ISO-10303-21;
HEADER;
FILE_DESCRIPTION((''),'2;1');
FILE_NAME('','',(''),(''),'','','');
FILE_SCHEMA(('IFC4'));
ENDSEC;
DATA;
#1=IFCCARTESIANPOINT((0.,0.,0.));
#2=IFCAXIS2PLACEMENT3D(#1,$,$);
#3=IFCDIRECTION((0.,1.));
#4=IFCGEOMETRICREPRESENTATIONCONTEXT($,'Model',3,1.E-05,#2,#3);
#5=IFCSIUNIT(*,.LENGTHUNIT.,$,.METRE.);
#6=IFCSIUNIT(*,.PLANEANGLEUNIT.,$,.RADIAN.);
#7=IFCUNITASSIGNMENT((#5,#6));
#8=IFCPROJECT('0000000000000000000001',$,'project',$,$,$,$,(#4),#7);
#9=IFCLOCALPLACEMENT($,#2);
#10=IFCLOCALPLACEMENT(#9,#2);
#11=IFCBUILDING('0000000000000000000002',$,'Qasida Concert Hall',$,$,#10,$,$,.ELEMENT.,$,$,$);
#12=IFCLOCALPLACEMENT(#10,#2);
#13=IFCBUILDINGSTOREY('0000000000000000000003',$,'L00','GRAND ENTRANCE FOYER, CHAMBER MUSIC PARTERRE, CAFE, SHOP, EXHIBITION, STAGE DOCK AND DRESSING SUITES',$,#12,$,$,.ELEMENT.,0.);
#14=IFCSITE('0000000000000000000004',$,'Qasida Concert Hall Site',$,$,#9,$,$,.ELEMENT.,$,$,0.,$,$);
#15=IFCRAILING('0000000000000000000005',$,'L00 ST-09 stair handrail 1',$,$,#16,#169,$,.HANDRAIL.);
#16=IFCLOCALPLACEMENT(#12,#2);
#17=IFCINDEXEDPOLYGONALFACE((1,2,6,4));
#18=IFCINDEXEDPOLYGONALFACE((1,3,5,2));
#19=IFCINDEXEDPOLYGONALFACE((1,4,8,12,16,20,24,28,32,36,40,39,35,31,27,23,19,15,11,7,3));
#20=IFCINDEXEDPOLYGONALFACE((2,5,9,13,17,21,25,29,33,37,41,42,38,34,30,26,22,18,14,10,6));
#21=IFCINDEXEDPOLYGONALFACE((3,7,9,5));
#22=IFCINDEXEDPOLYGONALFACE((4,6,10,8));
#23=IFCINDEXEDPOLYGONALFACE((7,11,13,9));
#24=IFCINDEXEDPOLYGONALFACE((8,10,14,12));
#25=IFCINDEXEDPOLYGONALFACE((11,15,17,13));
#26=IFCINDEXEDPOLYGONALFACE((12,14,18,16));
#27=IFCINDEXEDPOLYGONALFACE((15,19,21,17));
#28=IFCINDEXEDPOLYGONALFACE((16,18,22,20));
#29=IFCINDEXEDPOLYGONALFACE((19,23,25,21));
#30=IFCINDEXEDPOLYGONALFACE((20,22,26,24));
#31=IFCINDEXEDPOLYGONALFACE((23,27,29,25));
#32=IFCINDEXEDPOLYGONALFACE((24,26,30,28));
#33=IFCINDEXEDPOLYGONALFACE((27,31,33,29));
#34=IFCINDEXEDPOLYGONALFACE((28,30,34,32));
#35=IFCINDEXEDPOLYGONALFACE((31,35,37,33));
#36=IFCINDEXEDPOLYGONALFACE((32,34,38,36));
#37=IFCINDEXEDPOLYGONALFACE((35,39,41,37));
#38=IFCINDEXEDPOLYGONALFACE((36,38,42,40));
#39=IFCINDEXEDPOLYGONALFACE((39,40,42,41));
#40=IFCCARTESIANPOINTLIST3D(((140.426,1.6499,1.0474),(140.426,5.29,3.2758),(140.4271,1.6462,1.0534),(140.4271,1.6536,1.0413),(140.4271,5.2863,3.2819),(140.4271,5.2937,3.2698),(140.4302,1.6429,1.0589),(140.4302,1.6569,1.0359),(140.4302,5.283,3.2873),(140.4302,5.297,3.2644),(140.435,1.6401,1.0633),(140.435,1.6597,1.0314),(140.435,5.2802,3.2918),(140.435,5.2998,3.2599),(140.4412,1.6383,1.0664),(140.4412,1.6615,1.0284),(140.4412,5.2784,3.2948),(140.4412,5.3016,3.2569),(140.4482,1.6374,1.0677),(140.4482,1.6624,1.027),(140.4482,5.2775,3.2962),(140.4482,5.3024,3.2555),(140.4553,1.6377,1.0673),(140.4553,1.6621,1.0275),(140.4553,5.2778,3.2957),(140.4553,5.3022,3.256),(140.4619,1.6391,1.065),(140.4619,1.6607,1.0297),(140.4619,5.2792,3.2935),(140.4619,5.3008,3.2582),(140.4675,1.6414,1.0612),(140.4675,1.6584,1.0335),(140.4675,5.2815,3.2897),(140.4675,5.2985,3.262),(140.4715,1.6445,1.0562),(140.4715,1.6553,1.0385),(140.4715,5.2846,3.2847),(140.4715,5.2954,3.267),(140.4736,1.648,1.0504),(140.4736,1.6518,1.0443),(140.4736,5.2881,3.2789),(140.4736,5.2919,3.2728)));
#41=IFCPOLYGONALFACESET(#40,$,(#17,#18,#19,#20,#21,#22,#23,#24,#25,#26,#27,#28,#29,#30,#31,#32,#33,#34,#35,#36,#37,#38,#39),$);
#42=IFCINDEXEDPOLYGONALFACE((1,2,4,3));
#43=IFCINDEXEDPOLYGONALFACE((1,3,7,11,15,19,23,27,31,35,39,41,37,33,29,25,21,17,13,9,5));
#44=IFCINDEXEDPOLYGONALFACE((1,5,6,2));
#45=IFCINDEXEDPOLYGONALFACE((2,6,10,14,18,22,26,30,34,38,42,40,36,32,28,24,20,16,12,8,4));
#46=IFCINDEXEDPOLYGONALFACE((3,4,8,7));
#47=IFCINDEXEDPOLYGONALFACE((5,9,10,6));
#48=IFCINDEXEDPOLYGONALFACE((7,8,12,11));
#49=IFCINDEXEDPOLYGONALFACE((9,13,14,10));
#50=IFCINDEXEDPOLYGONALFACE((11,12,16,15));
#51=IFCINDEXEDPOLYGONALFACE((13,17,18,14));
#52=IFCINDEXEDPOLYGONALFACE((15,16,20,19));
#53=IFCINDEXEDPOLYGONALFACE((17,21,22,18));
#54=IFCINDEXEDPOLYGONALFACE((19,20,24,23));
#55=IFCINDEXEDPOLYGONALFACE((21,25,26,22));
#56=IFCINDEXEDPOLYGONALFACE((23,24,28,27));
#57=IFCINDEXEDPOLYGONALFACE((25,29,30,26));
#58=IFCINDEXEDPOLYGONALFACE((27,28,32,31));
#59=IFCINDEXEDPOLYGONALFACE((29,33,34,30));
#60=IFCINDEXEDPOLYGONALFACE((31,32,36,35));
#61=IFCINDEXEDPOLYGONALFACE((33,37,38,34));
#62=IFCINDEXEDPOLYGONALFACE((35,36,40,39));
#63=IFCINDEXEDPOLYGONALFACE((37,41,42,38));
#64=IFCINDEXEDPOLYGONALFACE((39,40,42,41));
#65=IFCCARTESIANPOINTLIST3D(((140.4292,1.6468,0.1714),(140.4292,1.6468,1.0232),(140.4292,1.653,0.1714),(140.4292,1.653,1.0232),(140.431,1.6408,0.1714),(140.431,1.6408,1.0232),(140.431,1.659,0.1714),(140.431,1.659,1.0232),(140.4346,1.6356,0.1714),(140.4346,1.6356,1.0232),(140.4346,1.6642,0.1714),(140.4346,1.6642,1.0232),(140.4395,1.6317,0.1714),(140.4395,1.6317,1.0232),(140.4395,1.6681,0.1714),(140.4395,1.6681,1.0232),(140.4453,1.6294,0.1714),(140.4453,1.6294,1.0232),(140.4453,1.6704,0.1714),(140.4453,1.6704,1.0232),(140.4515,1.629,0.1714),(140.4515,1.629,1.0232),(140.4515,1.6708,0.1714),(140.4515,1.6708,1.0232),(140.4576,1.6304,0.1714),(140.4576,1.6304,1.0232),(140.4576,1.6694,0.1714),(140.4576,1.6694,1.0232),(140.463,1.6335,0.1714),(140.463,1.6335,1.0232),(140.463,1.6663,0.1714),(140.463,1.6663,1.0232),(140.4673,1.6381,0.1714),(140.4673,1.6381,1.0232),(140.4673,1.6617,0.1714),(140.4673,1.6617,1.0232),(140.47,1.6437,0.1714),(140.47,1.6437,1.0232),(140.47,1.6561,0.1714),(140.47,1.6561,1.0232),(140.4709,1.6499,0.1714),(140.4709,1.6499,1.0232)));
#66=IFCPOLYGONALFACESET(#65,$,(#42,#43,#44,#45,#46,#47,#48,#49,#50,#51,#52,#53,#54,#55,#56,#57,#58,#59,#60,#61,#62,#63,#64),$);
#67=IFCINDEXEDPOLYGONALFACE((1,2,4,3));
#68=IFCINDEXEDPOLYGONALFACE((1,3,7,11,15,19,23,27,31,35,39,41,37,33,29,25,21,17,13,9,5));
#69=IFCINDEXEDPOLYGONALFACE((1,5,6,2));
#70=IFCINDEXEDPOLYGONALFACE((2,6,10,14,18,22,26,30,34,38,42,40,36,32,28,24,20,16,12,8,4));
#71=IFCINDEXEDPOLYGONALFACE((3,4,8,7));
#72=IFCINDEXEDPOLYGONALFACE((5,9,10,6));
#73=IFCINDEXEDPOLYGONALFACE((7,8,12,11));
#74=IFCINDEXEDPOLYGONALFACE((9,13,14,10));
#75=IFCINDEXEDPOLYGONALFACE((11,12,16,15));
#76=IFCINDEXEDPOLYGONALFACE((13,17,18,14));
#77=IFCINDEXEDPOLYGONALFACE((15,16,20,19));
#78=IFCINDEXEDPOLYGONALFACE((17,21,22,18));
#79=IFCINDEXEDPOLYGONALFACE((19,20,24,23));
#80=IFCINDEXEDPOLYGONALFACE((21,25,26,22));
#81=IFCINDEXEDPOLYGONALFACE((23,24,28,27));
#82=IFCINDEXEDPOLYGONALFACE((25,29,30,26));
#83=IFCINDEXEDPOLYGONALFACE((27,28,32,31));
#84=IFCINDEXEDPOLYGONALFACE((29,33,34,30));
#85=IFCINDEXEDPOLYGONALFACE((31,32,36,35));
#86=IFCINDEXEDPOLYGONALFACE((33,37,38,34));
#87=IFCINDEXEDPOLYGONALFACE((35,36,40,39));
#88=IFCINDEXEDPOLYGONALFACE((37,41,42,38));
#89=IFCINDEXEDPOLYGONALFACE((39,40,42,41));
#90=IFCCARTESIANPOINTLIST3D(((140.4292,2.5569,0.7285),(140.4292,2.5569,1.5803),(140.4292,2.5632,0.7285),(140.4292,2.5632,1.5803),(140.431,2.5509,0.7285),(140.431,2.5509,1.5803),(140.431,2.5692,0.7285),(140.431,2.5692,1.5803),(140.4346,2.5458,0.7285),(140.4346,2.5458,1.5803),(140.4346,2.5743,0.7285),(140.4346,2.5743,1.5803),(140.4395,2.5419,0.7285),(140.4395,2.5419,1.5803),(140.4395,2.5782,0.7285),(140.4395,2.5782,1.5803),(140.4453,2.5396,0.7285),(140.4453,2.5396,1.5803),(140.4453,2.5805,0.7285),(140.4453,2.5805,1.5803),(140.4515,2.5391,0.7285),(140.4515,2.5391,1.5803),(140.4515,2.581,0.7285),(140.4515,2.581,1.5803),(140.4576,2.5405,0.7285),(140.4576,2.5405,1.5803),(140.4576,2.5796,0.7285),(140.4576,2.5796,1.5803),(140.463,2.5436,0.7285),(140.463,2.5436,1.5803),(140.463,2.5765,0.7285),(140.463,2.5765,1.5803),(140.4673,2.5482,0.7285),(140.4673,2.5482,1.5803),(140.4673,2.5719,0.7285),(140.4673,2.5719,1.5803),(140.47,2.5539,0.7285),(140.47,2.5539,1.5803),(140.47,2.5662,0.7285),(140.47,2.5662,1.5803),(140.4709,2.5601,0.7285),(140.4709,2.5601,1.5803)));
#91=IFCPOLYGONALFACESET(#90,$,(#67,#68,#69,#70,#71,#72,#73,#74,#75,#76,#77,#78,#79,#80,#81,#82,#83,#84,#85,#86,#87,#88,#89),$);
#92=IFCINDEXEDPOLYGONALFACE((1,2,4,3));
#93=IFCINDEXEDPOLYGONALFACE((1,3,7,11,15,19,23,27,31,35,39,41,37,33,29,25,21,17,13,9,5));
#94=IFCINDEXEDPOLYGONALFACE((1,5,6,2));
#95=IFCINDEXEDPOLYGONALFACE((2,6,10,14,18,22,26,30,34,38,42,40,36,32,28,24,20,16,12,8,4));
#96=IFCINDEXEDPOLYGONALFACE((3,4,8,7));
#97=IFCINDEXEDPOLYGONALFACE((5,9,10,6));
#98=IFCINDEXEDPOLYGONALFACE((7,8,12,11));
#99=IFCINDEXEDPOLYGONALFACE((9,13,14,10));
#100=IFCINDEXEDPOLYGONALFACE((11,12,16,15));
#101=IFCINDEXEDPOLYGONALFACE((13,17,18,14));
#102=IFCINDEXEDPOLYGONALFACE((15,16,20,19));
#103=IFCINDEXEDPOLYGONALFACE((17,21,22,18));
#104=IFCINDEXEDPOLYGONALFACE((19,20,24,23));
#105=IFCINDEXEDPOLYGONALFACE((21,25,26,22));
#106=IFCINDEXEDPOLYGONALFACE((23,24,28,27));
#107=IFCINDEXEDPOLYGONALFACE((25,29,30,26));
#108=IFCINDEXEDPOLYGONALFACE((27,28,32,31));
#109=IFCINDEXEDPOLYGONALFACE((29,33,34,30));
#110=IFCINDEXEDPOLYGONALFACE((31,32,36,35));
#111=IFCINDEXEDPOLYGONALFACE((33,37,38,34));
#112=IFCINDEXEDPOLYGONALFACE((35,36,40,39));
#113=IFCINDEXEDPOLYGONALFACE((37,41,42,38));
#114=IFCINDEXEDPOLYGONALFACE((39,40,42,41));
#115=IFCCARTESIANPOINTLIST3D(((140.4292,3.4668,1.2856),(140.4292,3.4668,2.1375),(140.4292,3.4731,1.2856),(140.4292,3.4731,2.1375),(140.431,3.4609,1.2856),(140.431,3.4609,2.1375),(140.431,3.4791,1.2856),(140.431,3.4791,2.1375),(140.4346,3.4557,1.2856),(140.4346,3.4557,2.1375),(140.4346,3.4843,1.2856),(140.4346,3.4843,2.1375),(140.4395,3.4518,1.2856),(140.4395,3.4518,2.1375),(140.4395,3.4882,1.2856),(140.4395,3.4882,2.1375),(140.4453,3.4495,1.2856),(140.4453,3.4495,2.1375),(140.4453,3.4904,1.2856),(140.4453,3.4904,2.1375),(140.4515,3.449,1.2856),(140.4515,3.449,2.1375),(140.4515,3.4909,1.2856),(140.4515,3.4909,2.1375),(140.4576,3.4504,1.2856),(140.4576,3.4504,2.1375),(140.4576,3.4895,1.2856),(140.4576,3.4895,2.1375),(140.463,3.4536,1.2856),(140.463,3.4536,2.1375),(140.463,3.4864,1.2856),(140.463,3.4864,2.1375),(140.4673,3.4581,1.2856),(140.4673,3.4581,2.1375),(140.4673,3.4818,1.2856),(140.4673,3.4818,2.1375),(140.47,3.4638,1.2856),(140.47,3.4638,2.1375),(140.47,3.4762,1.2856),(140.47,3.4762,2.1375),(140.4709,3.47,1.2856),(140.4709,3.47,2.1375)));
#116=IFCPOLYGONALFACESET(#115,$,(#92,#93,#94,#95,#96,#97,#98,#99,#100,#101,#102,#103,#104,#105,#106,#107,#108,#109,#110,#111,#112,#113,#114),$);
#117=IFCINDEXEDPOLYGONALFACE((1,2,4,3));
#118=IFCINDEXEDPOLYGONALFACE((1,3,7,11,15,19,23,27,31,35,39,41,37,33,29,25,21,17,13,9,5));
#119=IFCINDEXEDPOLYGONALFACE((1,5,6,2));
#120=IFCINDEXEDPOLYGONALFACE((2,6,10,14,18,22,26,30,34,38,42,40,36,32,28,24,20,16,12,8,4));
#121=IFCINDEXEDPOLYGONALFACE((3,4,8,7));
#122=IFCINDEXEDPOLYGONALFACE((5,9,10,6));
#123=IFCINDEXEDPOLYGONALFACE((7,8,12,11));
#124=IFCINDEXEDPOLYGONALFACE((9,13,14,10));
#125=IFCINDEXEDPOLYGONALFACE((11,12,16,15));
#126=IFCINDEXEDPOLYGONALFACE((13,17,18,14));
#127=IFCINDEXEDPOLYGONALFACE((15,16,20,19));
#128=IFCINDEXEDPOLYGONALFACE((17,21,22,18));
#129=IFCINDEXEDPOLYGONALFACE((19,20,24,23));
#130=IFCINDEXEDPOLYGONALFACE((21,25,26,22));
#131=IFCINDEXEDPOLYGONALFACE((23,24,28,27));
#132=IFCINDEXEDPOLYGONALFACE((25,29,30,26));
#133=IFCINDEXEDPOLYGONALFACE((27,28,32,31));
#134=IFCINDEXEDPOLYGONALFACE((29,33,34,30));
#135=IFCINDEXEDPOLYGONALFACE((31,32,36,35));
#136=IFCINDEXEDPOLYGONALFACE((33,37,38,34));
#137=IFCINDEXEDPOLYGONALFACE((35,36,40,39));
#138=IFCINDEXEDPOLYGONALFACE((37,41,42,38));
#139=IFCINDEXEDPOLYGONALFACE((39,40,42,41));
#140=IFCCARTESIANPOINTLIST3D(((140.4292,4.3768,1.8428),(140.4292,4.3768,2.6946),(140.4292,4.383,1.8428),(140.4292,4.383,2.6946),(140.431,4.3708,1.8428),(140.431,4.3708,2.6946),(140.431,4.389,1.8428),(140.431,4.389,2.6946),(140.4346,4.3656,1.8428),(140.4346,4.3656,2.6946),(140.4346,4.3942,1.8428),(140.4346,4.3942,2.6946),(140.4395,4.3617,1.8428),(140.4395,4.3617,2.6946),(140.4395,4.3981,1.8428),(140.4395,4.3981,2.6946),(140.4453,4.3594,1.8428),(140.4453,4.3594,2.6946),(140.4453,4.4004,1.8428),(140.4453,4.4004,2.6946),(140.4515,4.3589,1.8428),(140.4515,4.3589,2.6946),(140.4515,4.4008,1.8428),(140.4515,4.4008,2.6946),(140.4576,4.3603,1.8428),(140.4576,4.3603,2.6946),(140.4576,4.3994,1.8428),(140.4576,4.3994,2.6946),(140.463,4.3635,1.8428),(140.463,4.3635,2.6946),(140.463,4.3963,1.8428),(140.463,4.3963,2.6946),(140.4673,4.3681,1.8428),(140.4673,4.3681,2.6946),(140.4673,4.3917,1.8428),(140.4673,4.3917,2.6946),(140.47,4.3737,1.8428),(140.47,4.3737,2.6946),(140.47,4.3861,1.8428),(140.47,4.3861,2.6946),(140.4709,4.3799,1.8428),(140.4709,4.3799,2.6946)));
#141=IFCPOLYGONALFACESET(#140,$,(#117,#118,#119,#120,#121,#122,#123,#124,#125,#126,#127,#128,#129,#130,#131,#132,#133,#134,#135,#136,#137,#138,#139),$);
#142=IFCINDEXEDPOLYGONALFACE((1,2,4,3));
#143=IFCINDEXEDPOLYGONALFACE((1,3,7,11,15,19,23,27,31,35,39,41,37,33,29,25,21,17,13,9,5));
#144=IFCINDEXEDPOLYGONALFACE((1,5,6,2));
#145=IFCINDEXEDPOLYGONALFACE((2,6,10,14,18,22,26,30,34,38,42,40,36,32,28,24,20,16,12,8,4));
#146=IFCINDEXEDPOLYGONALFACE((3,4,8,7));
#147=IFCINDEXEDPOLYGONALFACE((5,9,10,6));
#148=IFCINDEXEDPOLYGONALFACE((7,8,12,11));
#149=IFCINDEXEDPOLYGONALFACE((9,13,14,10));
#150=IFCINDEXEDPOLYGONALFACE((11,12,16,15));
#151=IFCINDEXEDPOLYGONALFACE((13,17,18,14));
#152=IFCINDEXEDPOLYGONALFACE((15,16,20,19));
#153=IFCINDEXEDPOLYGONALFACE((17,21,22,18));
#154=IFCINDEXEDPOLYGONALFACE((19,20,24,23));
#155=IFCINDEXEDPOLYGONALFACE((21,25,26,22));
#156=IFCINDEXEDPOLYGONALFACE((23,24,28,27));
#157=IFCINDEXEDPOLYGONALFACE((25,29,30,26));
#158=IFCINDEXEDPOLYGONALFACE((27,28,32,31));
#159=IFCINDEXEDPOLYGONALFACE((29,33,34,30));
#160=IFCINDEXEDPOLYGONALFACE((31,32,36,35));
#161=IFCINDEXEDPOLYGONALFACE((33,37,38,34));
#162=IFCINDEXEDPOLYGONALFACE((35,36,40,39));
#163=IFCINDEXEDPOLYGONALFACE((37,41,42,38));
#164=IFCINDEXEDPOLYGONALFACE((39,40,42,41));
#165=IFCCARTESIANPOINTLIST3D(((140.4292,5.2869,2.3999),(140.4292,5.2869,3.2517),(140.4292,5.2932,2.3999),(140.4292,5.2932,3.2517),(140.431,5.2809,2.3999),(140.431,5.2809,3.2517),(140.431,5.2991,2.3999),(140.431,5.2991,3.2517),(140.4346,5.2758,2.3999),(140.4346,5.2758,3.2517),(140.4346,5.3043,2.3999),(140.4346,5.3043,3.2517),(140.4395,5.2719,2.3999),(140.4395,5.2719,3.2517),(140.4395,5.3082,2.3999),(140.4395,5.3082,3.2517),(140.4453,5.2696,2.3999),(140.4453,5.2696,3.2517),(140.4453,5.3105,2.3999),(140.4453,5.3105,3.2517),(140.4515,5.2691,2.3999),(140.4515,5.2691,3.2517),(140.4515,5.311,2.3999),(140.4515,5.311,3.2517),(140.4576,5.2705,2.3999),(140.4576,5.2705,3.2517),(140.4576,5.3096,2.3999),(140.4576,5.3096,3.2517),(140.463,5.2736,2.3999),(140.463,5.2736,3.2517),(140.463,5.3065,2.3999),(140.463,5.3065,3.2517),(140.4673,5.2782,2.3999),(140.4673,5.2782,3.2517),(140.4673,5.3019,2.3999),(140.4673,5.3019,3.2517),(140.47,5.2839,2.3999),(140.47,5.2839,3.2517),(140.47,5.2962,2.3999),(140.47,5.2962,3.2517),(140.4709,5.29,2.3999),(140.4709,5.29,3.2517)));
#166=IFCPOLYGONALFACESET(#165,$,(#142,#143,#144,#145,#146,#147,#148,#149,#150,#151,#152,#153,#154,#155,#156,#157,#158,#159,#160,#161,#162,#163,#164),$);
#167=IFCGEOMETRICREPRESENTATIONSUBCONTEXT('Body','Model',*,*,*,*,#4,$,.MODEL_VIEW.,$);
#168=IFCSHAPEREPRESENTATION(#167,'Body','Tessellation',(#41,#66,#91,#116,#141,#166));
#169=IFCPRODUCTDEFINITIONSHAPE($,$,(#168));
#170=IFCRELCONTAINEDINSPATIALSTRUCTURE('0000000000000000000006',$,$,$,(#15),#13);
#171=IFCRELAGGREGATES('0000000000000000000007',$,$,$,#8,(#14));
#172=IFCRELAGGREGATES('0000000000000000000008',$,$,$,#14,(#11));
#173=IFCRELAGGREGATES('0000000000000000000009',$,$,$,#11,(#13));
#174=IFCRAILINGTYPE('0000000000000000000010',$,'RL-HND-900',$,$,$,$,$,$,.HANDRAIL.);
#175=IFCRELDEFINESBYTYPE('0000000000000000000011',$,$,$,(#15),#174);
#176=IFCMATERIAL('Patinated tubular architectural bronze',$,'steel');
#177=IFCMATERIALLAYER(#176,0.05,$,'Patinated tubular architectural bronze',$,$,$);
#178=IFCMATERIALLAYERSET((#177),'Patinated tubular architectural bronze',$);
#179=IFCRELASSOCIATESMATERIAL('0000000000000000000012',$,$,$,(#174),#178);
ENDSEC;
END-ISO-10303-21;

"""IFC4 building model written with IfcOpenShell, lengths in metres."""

from ifc_helpers import new_model, si_unit, direction, frame, origin, origin_2d, place, context, subcontext, project, spatial, circle, extrude, material, layer, layer_set, type_object, element, save


model = new_model("IFC4")

# Units and contexts
model_context = context("Model", 3, precision=1e-05, world=origin(), true_north=direction((0.0, 1.0)))
body_context = subcontext(model_context, "Body", "Model", "MODEL_VIEW")
ifc_project = project(units=[si_unit("LENGTHUNIT", "METRE"), si_unit("PLANEANGLEUNIT", "RADIAN")], contexts=[model_context])

# Site, building, storey
site_placement = place(None, origin())
site = spatial("IfcSite", under=ifc_project, at=site_placement, Name="Qasida Concert Hall Site", CompositionType="ELEMENT", RefElevation=0.0)
building_placement = place(site_placement, origin())
building = spatial("IfcBuilding", under=site, at=building_placement, Name="Qasida Concert Hall", CompositionType="ELEMENT")
storey_placement = place(building_placement, origin())
storey = spatial("IfcBuildingStorey", under=building, at=storey_placement, Name="L00", Description="GRAND ENTRANCE FOYER, CHAMBER MUSIC PARTERRE, CAFE, SHOP, EXHIBITION, STAGE DOCK AND DRESSING SUITES", CompositionType="ELEMENT", Elevation=0.0)

# Railing
ifc_material_1 = material(Name="Patinated tubular architectural bronze", Category="steel")
ifc_layer_1 = layer(ifc_material_1, 0.05, Name="Patinated tubular architectural bronze")
ifc_layer_set_1 = layer_set([ifc_layer_1], Name="Patinated tubular architectural bronze")
railing_type_1 = type_object("IfcRailingType", Name="RL-HND-900", PredefinedType="HANDRAIL", material=ifc_layer_set_1)
railing_1_placement = place(storey_placement, frame((140.45, 1.6499, 0.1714)))
element("IfcRailing", 1, at=railing_1_placement, inside=storey, type_object=railing_type_1, Name="L00 ST-09 stair handrail 1", PredefinedType="HANDRAIL", context=body_context, shape_type="SweptSolid", body=[
    extrude(circle(Radius=0.0239, at=origin_2d()), frame((0.0, 0.0, 0.876), z_axis=(0.0, 0.852866, 0.52213), x_axis=(-1.0, 0.0, 0.0)), (0.0, 0.0, 1.0), 4.2681),
    extrude(circle(Radius=0.021, at=origin_2d()), origin(), (0.0, 0.0, 1.0), 0.8518),
    extrude(circle(Radius=0.021, at=origin_2d()), frame((0.0, 0.9102, 0.5571)), (0.0, 0.0, 1.0), 0.8518),
    extrude(circle(Radius=0.021, at=origin_2d()), frame((0.0, 1.8201, 1.1143)), (0.0, 0.0, 1.0), 0.8518),
    extrude(circle(Radius=0.021, at=origin_2d()), frame((0.0, 2.73, 1.6714)), (0.0, 0.0, 1.0), 0.8518),
    extrude(circle(Radius=0.021, at=origin_2d()), frame((0.0, 3.6401, 2.2285)), (0.0, 0.0, 1.0), 0.8518),
])

save(model, "model.ifc")
